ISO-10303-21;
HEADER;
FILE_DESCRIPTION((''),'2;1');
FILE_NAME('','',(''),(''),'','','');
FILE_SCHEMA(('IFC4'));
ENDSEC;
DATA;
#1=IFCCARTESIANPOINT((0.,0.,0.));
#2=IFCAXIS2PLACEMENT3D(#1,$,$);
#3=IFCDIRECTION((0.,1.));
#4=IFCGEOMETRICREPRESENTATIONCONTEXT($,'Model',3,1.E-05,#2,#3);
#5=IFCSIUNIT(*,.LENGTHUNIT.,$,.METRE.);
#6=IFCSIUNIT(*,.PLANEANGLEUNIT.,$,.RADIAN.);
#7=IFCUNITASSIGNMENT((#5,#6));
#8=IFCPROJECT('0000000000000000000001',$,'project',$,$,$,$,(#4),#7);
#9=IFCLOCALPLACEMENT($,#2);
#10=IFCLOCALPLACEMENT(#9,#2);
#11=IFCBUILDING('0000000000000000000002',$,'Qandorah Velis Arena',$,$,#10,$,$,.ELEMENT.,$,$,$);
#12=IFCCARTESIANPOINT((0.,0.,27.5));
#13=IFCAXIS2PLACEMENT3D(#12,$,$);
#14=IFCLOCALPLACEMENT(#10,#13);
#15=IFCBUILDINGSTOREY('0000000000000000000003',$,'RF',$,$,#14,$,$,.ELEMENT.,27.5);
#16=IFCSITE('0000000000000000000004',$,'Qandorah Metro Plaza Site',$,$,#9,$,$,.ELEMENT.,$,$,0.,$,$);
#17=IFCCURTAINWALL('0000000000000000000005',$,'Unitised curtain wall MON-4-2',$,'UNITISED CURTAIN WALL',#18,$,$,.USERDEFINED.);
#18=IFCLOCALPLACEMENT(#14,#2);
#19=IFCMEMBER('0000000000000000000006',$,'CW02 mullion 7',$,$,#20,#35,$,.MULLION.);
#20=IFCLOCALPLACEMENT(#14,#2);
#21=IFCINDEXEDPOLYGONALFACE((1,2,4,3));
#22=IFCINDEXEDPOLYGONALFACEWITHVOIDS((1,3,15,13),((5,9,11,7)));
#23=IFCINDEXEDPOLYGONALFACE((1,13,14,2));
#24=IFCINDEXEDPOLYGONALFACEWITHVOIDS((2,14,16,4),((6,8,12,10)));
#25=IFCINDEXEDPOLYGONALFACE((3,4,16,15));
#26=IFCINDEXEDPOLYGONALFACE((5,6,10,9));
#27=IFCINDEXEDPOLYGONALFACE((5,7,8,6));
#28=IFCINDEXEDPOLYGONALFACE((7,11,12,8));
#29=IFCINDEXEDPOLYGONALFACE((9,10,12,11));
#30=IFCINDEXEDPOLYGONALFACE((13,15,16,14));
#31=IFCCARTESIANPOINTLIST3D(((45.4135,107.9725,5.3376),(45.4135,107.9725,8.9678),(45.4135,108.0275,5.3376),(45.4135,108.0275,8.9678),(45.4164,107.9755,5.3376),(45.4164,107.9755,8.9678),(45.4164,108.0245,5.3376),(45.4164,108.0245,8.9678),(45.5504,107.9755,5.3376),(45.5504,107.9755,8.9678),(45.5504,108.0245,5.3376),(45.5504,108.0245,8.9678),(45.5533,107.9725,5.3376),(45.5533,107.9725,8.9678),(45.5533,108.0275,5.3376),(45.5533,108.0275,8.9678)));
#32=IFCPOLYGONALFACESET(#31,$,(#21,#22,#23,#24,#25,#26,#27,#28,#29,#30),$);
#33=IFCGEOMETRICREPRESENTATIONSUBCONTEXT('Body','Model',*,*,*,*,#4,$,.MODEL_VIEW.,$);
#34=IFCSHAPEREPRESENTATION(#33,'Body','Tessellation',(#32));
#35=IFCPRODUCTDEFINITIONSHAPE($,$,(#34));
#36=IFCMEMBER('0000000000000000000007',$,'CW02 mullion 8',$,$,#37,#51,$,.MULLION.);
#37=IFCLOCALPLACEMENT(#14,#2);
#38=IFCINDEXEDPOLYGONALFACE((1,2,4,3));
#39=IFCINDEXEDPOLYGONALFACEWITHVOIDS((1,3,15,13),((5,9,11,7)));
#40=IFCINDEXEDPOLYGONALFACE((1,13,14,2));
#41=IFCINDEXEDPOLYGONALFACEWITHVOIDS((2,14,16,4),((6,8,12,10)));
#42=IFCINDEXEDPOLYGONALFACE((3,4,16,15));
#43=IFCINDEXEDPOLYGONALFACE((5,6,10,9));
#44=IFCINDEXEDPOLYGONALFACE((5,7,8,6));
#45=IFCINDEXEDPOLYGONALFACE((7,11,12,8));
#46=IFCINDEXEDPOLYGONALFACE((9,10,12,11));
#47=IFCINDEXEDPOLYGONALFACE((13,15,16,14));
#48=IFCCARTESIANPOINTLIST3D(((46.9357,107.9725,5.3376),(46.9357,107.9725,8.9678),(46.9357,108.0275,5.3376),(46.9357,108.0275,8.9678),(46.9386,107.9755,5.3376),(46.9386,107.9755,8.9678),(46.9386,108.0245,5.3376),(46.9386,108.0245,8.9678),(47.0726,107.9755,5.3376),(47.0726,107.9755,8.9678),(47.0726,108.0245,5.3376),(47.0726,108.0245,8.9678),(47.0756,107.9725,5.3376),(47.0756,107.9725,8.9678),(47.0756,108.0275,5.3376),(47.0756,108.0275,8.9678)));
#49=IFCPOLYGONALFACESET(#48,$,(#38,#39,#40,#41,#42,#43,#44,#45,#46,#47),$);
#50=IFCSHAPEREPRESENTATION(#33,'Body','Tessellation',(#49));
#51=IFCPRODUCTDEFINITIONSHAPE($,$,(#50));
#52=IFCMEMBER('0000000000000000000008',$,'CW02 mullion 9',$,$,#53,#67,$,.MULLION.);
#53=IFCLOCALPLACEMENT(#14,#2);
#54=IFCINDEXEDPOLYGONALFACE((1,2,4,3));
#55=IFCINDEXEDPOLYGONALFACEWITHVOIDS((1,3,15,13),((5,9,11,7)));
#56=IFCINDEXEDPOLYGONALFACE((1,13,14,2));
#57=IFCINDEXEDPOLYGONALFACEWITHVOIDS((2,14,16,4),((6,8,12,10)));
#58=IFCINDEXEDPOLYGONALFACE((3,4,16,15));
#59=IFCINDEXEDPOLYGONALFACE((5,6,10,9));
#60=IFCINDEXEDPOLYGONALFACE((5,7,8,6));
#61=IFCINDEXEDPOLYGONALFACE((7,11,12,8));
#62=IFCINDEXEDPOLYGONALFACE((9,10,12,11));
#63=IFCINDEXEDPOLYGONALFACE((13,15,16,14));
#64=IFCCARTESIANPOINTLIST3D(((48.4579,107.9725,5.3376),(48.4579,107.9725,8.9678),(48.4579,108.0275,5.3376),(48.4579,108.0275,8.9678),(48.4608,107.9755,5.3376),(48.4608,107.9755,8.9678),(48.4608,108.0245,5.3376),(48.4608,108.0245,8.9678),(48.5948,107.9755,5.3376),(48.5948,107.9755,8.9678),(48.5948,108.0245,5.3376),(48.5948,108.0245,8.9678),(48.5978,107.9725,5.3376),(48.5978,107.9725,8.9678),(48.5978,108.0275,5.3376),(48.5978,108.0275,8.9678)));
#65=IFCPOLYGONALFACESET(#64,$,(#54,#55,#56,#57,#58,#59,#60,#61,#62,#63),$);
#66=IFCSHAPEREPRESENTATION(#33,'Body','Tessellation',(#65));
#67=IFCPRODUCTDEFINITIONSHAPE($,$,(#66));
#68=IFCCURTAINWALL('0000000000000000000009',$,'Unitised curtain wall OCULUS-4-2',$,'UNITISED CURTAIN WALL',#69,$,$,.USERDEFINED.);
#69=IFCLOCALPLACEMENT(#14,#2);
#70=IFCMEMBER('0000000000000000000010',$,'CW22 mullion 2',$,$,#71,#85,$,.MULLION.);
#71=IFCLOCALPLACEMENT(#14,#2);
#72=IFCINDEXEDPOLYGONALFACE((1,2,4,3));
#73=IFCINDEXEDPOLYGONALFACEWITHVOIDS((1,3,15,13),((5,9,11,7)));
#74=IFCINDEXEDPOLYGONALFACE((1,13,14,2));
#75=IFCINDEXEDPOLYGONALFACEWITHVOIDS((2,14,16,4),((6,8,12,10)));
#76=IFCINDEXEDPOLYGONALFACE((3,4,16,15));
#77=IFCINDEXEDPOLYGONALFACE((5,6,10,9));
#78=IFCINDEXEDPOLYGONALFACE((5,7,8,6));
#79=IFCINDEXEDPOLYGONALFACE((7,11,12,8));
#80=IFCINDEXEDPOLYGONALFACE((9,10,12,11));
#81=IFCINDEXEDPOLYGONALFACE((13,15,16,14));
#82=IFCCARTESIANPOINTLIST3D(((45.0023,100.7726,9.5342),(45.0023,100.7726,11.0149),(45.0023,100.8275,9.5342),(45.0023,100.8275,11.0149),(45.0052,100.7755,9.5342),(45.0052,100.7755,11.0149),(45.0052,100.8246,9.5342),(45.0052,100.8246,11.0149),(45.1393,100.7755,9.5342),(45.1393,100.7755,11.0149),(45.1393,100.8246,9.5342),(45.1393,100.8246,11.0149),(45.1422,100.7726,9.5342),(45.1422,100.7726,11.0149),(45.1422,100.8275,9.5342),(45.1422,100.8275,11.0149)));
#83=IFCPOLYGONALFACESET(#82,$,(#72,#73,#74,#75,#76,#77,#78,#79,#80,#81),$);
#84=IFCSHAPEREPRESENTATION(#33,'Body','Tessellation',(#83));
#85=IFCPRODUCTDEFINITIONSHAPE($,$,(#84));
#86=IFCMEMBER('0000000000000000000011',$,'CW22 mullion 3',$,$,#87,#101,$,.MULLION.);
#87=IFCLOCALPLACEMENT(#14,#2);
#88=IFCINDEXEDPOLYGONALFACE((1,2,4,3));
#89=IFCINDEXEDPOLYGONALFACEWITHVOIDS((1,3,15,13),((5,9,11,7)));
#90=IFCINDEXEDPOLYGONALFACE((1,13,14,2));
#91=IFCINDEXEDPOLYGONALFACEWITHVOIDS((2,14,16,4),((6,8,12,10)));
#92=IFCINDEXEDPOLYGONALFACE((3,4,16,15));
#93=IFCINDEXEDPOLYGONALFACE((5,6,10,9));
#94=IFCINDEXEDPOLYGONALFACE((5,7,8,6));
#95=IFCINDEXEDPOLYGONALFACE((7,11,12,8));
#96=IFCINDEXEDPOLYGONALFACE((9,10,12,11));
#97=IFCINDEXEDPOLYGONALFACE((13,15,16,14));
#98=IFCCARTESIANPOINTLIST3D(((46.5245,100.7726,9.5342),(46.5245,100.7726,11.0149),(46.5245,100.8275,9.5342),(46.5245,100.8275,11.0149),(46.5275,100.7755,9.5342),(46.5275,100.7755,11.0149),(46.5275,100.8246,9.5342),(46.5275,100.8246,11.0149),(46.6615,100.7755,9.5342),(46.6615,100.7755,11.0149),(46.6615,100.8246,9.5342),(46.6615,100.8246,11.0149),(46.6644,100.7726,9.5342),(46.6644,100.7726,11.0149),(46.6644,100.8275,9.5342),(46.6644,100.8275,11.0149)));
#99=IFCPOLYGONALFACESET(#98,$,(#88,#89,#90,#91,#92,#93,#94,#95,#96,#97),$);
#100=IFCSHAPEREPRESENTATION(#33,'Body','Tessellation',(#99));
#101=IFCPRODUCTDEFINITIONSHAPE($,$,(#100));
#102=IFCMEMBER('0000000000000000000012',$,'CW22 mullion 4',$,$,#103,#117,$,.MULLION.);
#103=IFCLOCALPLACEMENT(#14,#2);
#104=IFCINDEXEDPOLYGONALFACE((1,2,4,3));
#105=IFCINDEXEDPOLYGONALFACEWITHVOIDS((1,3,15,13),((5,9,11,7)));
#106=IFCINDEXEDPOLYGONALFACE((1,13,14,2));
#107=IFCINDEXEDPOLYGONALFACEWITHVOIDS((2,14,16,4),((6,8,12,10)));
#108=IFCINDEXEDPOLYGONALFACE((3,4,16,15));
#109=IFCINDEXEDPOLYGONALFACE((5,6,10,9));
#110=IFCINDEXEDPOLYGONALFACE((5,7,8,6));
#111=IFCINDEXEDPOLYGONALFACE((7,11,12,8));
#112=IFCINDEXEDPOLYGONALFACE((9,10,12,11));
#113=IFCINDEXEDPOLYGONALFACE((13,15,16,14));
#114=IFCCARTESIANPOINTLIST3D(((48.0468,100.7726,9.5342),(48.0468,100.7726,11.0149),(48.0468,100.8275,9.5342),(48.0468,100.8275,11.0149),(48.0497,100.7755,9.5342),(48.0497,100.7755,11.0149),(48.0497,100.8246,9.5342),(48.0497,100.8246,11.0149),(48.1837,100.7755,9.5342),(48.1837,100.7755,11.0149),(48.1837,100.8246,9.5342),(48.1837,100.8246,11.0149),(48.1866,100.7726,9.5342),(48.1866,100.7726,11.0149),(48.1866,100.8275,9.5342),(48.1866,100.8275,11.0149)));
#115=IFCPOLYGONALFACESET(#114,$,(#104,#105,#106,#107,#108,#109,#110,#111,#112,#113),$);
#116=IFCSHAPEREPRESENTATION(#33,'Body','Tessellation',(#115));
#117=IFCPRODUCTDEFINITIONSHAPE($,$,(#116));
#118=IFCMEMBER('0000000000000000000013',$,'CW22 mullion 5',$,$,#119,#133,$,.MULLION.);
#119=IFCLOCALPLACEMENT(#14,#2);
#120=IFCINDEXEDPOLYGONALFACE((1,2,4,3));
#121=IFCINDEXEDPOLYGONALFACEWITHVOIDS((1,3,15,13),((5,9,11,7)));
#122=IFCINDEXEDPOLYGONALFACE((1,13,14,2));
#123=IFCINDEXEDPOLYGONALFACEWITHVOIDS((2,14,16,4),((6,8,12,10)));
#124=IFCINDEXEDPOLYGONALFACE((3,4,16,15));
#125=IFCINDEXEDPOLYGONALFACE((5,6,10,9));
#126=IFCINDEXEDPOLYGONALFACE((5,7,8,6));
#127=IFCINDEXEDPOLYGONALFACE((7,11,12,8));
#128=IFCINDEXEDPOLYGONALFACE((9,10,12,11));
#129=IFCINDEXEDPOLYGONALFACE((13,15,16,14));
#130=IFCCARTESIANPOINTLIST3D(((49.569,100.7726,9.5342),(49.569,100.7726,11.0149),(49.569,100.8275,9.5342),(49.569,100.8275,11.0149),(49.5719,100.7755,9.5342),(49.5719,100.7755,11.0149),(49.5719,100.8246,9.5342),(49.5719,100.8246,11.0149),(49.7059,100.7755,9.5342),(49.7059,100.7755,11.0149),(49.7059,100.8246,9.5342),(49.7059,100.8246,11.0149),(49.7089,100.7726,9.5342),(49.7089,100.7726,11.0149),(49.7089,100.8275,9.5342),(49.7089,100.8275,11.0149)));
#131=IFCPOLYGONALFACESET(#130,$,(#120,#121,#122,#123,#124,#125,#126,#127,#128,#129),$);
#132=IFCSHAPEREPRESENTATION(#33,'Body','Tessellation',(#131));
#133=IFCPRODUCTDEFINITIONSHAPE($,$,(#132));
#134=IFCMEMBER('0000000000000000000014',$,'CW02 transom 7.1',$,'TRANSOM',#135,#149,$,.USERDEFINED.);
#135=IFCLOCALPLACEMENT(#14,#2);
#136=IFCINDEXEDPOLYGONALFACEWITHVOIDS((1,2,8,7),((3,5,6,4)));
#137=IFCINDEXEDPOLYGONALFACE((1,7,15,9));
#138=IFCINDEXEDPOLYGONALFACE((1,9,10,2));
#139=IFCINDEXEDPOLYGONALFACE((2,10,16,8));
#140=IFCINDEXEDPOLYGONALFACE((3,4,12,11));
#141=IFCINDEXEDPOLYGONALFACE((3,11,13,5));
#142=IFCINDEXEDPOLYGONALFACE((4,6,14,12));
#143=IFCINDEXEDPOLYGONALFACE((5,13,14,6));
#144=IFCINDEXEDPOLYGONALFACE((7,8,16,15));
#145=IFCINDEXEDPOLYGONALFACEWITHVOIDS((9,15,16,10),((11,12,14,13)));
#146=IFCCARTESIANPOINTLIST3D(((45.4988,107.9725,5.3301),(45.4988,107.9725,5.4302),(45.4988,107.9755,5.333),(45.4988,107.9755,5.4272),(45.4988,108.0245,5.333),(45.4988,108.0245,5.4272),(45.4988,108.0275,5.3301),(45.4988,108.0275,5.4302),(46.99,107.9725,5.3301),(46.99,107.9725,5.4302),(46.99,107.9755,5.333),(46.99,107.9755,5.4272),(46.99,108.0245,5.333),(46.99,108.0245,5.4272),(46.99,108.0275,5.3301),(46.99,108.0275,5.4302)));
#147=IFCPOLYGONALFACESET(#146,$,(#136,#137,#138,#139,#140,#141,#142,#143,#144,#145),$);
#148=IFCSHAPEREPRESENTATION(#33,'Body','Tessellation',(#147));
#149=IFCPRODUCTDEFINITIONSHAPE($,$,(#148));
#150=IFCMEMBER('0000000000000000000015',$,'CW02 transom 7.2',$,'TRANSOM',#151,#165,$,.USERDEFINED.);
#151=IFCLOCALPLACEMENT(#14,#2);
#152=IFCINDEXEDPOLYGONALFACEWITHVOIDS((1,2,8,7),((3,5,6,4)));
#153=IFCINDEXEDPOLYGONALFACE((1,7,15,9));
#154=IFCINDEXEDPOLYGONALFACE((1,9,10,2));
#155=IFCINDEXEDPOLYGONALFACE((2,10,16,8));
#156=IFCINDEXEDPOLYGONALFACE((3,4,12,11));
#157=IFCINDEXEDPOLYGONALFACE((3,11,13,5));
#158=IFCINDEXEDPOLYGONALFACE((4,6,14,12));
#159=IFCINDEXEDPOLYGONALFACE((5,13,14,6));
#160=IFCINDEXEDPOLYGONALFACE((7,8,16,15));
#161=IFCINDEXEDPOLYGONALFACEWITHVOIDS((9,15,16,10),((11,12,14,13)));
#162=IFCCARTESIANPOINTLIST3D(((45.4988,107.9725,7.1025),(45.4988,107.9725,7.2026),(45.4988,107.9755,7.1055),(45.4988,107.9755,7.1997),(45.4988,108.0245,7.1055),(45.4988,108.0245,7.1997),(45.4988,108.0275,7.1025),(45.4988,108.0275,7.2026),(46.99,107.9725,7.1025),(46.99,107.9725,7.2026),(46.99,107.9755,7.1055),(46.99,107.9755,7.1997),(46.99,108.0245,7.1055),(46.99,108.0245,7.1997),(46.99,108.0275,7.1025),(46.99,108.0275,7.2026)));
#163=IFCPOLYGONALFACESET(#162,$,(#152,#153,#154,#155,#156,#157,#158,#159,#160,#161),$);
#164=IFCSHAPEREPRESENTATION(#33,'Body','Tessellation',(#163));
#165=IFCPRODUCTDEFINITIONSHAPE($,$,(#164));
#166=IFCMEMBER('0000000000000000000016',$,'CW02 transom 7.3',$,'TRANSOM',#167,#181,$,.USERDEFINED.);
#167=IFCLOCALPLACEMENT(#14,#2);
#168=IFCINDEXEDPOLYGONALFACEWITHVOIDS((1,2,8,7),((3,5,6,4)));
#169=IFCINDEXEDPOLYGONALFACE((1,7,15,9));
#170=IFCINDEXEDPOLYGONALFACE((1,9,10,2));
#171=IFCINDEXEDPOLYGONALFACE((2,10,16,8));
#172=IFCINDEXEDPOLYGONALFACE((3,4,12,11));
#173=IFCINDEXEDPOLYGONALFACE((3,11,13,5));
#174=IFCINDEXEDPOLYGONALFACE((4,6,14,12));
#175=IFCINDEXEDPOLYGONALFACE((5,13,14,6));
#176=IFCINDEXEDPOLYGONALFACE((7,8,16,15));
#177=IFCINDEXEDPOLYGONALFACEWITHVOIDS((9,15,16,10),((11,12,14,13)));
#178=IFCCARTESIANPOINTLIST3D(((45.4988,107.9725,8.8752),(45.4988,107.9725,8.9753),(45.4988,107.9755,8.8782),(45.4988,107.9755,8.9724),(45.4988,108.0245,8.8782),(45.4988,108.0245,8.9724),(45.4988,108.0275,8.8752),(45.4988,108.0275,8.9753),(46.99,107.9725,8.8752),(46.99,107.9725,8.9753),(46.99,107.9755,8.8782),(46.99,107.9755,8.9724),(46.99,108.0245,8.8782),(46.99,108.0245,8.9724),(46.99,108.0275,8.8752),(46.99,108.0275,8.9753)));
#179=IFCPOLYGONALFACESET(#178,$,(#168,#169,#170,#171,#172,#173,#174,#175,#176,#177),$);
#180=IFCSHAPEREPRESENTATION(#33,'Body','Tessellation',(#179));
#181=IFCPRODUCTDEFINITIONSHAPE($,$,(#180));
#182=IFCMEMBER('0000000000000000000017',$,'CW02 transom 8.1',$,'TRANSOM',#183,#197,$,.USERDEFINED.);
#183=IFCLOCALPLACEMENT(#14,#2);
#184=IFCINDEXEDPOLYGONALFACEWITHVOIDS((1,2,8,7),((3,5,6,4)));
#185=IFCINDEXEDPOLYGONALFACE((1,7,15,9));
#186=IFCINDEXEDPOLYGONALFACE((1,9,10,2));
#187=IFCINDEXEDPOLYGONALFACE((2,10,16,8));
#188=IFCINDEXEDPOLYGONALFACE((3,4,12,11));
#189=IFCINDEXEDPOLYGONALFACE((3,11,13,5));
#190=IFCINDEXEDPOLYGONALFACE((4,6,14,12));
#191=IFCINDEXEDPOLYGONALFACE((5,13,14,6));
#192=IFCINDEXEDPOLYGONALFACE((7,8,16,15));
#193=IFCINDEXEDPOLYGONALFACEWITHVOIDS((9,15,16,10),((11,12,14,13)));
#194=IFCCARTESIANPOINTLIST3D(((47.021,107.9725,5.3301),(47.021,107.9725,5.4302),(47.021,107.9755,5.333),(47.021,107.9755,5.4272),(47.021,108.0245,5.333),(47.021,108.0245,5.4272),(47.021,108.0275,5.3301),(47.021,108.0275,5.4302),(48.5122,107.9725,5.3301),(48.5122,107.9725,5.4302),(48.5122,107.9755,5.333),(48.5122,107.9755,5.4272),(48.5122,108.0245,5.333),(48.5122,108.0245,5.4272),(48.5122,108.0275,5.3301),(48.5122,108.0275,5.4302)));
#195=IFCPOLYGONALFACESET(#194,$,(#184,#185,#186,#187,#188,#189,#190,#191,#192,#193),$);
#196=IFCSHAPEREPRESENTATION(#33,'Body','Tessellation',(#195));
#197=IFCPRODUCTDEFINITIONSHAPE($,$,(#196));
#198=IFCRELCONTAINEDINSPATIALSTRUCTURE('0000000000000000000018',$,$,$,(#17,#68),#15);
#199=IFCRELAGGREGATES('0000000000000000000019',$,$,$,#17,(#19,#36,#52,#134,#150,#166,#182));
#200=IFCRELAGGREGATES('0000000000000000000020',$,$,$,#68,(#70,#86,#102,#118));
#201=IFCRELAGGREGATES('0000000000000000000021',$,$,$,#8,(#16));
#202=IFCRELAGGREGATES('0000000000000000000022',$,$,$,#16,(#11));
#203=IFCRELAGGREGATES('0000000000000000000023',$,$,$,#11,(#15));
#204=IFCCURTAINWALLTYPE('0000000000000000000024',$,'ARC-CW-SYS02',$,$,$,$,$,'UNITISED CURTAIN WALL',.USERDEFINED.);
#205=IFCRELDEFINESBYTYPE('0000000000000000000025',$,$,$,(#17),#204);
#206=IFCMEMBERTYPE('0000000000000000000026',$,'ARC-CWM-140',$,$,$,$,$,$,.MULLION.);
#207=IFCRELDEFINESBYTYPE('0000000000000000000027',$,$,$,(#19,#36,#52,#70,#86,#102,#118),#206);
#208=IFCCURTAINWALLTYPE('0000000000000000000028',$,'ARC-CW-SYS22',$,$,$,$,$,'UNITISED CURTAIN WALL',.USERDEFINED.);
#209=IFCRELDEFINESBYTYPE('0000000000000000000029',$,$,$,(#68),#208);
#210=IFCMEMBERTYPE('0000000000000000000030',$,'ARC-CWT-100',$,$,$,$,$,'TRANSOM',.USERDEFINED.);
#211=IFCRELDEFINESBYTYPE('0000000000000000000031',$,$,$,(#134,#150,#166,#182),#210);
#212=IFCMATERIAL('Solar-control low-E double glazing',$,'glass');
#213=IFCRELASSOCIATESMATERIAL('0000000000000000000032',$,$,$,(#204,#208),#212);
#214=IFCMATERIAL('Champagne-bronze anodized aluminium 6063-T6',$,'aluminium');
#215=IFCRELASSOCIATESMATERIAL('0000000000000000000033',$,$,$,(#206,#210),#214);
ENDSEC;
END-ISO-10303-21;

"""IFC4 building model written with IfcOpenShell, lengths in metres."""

from ifc_helpers import new_model, si_unit, direction, frame, origin, origin_2d, place, context, subcontext, project, spatial, hollow_rectangle, extrude, material, material_profile, profile_set, type_object, element, aggregate, save


model = new_model("IFC4")

# Units and contexts
model_context = context("Model", 3, precision=1e-05, world=origin(), true_north=direction((0.0, 1.0)))
body_context = subcontext(model_context, "Body", "Model", "MODEL_VIEW")
ifc_project = project(units=[si_unit("LENGTHUNIT", "METRE"), si_unit("PLANEANGLEUNIT", "RADIAN")], contexts=[model_context])

# Site, building, storey
site_placement = place(None, origin())
site = spatial("IfcSite", under=ifc_project, at=site_placement, Name="Qandorah Metro Plaza Site", CompositionType="ELEMENT", RefElevation=0.0)
building_placement = place(site_placement, origin())
building = spatial("IfcBuilding", under=site, at=building_placement, Name="Qandorah Velis Arena", CompositionType="ELEMENT")
storey_placement = place(building_placement, frame((0.0, 0.0, 27.5)))
storey = spatial("IfcBuildingStorey", under=building, at=storey_placement, Name="RF", CompositionType="ELEMENT", Elevation=27.5)

# Curtain walls, members
ifc_material_1 = material(Name="Solar-control low-E double glazing", Category="glass")
curtain_wall_type_1 = type_object("IfcCurtainWallType", Name="ARC-CW-SYS02", ElementType="UNITISED CURTAIN WALL", PredefinedType="USERDEFINED", material=ifc_material_1)
curtain_wall_1_placement = place(storey_placement, origin())
curtain_wall_1 = element("IfcCurtainWall", 1, at=curtain_wall_1_placement, inside=storey, type_object=curtain_wall_type_1, Name="Unitised curtain wall MON-4-2", ObjectType="UNITISED CURTAIN WALL", PredefinedType="USERDEFINED")
ifc_material_2 = material(Name="Champagne-bronze anodized aluminium 6063-T6", Category="aluminium")
ifc_material_profile_1 = material_profile(ifc_material_2, hollow_rectangle(XDim=0.0549, YDim=0.1399, WallThickness=0.0029, at=origin_2d()), Name="ALU MULLION 55x140")
ifc_profile_set_1 = profile_set([ifc_material_profile_1], Name="Champagne-bronze anodized aluminium 6063-T6")
member_type_1 = type_object("IfcMemberType", Name="ARC-CWM-140", PredefinedType="MULLION", material=ifc_profile_set_1)
member_1_placement = place(storey_placement, frame((45.4834, 108.0, 5.3376), z_axis=(0.0, 0.0, 1.0), x_axis=(0.0, 1.0, 0.0)))
member_1 = element("IfcMember", 2, at=member_1_placement, type_object=member_type_1, Name="CW02 mullion 7", PredefinedType="MULLION", context=body_context, shape_type="SweptSolid", body=[
    extrude(hollow_rectangle(XDim=0.0549, YDim=0.1399, WallThickness=0.0029, at=origin_2d()), origin(), (0.0, 0.0, 1.0), 3.6301),
])
member_2_placement = place(storey_placement, frame((47.0056, 108.0, 5.3376), z_axis=(0.0, 0.0, 1.0), x_axis=(0.0, 1.0, 0.0)))
member_2 = element("IfcMember", 3, at=member_2_placement, type_object=member_type_1, Name="CW02 mullion 8", PredefinedType="MULLION", context=body_context, shape_type="SweptSolid", body=[
    extrude(hollow_rectangle(XDim=0.0549, YDim=0.1399, WallThickness=0.0029, at=origin_2d()), origin(), (0.0, 0.0, 1.0), 3.6301),
])
member_3_placement = place(storey_placement, frame((48.5278, 108.0, 5.3376), z_axis=(0.0, 0.0, 1.0), x_axis=(0.0, 1.0, 0.0)))
member_3 = element("IfcMember", 4, at=member_3_placement, type_object=member_type_1, Name="CW02 mullion 9", PredefinedType="MULLION", context=body_context, shape_type="SweptSolid", body=[
    extrude(hollow_rectangle(XDim=0.0549, YDim=0.1399, WallThickness=0.0029, at=origin_2d()), origin(), (0.0, 0.0, 1.0), 3.6301),
])
curtain_wall_type_2 = type_object("IfcCurtainWallType", Name="ARC-CW-SYS22", ElementType="UNITISED CURTAIN WALL", PredefinedType="USERDEFINED", material=ifc_material_1)
curtain_wall_2_placement = place(storey_placement, origin())
curtain_wall_2 = element("IfcCurtainWall", 5, at=curtain_wall_2_placement, inside=storey, type_object=curtain_wall_type_2, Name="Unitised curtain wall OCULUS-4-2", ObjectType="UNITISED CURTAIN WALL", PredefinedType="USERDEFINED")
member_4_placement = place(storey_placement, frame((45.0723, 100.8, 9.5342), z_axis=(0.0, 0.0, 1.0), x_axis=(0.0, 1.0, 0.0)))
member_4 = element("IfcMember", 6, at=member_4_placement, type_object=member_type_1, Name="CW22 mullion 2", PredefinedType="MULLION", context=body_context, shape_type="SweptSolid", body=[
    extrude(hollow_rectangle(XDim=0.0549, YDim=0.1399, WallThickness=0.0029, at=origin_2d()), origin(), (0.0, 0.0, 1.0), 1.4807),
])
member_5_placement = place(storey_placement, frame((46.5945, 100.8, 9.5342), z_axis=(0.0, 0.0, 1.0), x_axis=(0.0, 1.0, 0.0)))
member_5 = element("IfcMember", 7, at=member_5_placement, type_object=member_type_1, Name="CW22 mullion 3", PredefinedType="MULLION", context=body_context, shape_type="SweptSolid", body=[
    extrude(hollow_rectangle(XDim=0.0549, YDim=0.1399, WallThickness=0.0029, at=origin_2d()), origin(), (0.0, 0.0, 1.0), 1.4807),
])
member_6_placement = place(storey_placement, frame((48.1167, 100.8, 9.5342), z_axis=(0.0, 0.0, 1.0), x_axis=(0.0, 1.0, 0.0)))
member_6 = element("IfcMember", 8, at=member_6_placement, type_object=member_type_1, Name="CW22 mullion 4", PredefinedType="MULLION", context=body_context, shape_type="SweptSolid", body=[
    extrude(hollow_rectangle(XDim=0.0549, YDim=0.1399, WallThickness=0.0029, at=origin_2d()), origin(), (0.0, 0.0, 1.0), 1.4807),
])
member_7_placement = place(storey_placement, frame((49.6389, 100.8, 9.5342), z_axis=(0.0, 0.0, 1.0), x_axis=(0.0, 1.0, 0.0)))
member_7 = element("IfcMember", 9, at=member_7_placement, type_object=member_type_1, Name="CW22 mullion 5", PredefinedType="MULLION", context=body_context, shape_type="SweptSolid", body=[
    extrude(hollow_rectangle(XDim=0.0549, YDim=0.1399, WallThickness=0.0029, at=origin_2d()), origin(), (0.0, 0.0, 1.0), 1.4807),
])

# Members
ifc_material_profile_2 = material_profile(ifc_material_2, hollow_rectangle(XDim=0.0549, YDim=0.1001, WallThickness=0.0029, at=origin_2d()), Name="ALU TRANSOM 55x100")
ifc_profile_set_2 = profile_set([ifc_material_profile_2], Name="Champagne-bronze anodized aluminium 6063-T6")
member_type_2 = type_object("IfcMemberType", Name="ARC-CWT-100", ElementType="TRANSOM", PredefinedType="USERDEFINED", material=ifc_profile_set_2)
member_8_placement = place(storey_placement, frame((45.4988, 108.0, 5.3801), z_axis=(1.0, 0.0, 0.0), x_axis=(0.0, 1.0, 0.0)))
member_8 = element("IfcMember", 10, at=member_8_placement, type_object=member_type_2, Name="CW02 transom 7.1", ObjectType="TRANSOM", PredefinedType="USERDEFINED", context=body_context, shape_type="SweptSolid", body=[
    extrude(hollow_rectangle(XDim=0.0549, YDim=0.1001, WallThickness=0.0029, at=origin_2d()), origin(), (0.0, 0.0, 1.0), 1.4912),
])
member_9_placement = place(storey_placement, frame((45.4988, 108.0, 7.1526), z_axis=(1.0, 0.0, 0.0), x_axis=(0.0, 1.0, 0.0)))
member_9 = element("IfcMember", 11, at=member_9_placement, type_object=member_type_2, Name="CW02 transom 7.2", ObjectType="TRANSOM", PredefinedType="USERDEFINED", context=body_context, shape_type="SweptSolid", body=[
    extrude(hollow_rectangle(XDim=0.0549, YDim=0.1001, WallThickness=0.0029, at=origin_2d()), origin(), (0.0, 0.0, 1.0), 1.4912),
])
member_10_placement = place(storey_placement, frame((45.4988, 108.0, 8.9253), z_axis=(1.0, 0.0, 0.0), x_axis=(0.0, 1.0, 0.0)))
member_10 = element("IfcMember", 12, at=member_10_placement, type_object=member_type_2, Name="CW02 transom 7.3", ObjectType="TRANSOM", PredefinedType="USERDEFINED", context=body_context, shape_type="SweptSolid", body=[
    extrude(hollow_rectangle(XDim=0.0549, YDim=0.1001, WallThickness=0.0029, at=origin_2d()), origin(), (0.0, 0.0, 1.0), 1.4912),
])
member_11_placement = place(storey_placement, frame((47.021, 108.0, 5.3801), z_axis=(1.0, 0.0, 0.0), x_axis=(0.0, 1.0, 0.0)))
member_11 = element("IfcMember", 13, at=member_11_placement, type_object=member_type_2, Name="CW02 transom 8.1", ObjectType="TRANSOM", PredefinedType="USERDEFINED", context=body_context, shape_type="SweptSolid", body=[
    extrude(hollow_rectangle(XDim=0.0549, YDim=0.1001, WallThickness=0.0029, at=origin_2d()), origin(), (0.0, 0.0, 1.0), 1.4912),
])

aggregate(curtain_wall_1, [member_1, member_2, member_3, member_8, member_9, member_10, member_11])
aggregate(curtain_wall_2, [member_4, member_5, member_6, member_7])

save(model, "model.ifc")
